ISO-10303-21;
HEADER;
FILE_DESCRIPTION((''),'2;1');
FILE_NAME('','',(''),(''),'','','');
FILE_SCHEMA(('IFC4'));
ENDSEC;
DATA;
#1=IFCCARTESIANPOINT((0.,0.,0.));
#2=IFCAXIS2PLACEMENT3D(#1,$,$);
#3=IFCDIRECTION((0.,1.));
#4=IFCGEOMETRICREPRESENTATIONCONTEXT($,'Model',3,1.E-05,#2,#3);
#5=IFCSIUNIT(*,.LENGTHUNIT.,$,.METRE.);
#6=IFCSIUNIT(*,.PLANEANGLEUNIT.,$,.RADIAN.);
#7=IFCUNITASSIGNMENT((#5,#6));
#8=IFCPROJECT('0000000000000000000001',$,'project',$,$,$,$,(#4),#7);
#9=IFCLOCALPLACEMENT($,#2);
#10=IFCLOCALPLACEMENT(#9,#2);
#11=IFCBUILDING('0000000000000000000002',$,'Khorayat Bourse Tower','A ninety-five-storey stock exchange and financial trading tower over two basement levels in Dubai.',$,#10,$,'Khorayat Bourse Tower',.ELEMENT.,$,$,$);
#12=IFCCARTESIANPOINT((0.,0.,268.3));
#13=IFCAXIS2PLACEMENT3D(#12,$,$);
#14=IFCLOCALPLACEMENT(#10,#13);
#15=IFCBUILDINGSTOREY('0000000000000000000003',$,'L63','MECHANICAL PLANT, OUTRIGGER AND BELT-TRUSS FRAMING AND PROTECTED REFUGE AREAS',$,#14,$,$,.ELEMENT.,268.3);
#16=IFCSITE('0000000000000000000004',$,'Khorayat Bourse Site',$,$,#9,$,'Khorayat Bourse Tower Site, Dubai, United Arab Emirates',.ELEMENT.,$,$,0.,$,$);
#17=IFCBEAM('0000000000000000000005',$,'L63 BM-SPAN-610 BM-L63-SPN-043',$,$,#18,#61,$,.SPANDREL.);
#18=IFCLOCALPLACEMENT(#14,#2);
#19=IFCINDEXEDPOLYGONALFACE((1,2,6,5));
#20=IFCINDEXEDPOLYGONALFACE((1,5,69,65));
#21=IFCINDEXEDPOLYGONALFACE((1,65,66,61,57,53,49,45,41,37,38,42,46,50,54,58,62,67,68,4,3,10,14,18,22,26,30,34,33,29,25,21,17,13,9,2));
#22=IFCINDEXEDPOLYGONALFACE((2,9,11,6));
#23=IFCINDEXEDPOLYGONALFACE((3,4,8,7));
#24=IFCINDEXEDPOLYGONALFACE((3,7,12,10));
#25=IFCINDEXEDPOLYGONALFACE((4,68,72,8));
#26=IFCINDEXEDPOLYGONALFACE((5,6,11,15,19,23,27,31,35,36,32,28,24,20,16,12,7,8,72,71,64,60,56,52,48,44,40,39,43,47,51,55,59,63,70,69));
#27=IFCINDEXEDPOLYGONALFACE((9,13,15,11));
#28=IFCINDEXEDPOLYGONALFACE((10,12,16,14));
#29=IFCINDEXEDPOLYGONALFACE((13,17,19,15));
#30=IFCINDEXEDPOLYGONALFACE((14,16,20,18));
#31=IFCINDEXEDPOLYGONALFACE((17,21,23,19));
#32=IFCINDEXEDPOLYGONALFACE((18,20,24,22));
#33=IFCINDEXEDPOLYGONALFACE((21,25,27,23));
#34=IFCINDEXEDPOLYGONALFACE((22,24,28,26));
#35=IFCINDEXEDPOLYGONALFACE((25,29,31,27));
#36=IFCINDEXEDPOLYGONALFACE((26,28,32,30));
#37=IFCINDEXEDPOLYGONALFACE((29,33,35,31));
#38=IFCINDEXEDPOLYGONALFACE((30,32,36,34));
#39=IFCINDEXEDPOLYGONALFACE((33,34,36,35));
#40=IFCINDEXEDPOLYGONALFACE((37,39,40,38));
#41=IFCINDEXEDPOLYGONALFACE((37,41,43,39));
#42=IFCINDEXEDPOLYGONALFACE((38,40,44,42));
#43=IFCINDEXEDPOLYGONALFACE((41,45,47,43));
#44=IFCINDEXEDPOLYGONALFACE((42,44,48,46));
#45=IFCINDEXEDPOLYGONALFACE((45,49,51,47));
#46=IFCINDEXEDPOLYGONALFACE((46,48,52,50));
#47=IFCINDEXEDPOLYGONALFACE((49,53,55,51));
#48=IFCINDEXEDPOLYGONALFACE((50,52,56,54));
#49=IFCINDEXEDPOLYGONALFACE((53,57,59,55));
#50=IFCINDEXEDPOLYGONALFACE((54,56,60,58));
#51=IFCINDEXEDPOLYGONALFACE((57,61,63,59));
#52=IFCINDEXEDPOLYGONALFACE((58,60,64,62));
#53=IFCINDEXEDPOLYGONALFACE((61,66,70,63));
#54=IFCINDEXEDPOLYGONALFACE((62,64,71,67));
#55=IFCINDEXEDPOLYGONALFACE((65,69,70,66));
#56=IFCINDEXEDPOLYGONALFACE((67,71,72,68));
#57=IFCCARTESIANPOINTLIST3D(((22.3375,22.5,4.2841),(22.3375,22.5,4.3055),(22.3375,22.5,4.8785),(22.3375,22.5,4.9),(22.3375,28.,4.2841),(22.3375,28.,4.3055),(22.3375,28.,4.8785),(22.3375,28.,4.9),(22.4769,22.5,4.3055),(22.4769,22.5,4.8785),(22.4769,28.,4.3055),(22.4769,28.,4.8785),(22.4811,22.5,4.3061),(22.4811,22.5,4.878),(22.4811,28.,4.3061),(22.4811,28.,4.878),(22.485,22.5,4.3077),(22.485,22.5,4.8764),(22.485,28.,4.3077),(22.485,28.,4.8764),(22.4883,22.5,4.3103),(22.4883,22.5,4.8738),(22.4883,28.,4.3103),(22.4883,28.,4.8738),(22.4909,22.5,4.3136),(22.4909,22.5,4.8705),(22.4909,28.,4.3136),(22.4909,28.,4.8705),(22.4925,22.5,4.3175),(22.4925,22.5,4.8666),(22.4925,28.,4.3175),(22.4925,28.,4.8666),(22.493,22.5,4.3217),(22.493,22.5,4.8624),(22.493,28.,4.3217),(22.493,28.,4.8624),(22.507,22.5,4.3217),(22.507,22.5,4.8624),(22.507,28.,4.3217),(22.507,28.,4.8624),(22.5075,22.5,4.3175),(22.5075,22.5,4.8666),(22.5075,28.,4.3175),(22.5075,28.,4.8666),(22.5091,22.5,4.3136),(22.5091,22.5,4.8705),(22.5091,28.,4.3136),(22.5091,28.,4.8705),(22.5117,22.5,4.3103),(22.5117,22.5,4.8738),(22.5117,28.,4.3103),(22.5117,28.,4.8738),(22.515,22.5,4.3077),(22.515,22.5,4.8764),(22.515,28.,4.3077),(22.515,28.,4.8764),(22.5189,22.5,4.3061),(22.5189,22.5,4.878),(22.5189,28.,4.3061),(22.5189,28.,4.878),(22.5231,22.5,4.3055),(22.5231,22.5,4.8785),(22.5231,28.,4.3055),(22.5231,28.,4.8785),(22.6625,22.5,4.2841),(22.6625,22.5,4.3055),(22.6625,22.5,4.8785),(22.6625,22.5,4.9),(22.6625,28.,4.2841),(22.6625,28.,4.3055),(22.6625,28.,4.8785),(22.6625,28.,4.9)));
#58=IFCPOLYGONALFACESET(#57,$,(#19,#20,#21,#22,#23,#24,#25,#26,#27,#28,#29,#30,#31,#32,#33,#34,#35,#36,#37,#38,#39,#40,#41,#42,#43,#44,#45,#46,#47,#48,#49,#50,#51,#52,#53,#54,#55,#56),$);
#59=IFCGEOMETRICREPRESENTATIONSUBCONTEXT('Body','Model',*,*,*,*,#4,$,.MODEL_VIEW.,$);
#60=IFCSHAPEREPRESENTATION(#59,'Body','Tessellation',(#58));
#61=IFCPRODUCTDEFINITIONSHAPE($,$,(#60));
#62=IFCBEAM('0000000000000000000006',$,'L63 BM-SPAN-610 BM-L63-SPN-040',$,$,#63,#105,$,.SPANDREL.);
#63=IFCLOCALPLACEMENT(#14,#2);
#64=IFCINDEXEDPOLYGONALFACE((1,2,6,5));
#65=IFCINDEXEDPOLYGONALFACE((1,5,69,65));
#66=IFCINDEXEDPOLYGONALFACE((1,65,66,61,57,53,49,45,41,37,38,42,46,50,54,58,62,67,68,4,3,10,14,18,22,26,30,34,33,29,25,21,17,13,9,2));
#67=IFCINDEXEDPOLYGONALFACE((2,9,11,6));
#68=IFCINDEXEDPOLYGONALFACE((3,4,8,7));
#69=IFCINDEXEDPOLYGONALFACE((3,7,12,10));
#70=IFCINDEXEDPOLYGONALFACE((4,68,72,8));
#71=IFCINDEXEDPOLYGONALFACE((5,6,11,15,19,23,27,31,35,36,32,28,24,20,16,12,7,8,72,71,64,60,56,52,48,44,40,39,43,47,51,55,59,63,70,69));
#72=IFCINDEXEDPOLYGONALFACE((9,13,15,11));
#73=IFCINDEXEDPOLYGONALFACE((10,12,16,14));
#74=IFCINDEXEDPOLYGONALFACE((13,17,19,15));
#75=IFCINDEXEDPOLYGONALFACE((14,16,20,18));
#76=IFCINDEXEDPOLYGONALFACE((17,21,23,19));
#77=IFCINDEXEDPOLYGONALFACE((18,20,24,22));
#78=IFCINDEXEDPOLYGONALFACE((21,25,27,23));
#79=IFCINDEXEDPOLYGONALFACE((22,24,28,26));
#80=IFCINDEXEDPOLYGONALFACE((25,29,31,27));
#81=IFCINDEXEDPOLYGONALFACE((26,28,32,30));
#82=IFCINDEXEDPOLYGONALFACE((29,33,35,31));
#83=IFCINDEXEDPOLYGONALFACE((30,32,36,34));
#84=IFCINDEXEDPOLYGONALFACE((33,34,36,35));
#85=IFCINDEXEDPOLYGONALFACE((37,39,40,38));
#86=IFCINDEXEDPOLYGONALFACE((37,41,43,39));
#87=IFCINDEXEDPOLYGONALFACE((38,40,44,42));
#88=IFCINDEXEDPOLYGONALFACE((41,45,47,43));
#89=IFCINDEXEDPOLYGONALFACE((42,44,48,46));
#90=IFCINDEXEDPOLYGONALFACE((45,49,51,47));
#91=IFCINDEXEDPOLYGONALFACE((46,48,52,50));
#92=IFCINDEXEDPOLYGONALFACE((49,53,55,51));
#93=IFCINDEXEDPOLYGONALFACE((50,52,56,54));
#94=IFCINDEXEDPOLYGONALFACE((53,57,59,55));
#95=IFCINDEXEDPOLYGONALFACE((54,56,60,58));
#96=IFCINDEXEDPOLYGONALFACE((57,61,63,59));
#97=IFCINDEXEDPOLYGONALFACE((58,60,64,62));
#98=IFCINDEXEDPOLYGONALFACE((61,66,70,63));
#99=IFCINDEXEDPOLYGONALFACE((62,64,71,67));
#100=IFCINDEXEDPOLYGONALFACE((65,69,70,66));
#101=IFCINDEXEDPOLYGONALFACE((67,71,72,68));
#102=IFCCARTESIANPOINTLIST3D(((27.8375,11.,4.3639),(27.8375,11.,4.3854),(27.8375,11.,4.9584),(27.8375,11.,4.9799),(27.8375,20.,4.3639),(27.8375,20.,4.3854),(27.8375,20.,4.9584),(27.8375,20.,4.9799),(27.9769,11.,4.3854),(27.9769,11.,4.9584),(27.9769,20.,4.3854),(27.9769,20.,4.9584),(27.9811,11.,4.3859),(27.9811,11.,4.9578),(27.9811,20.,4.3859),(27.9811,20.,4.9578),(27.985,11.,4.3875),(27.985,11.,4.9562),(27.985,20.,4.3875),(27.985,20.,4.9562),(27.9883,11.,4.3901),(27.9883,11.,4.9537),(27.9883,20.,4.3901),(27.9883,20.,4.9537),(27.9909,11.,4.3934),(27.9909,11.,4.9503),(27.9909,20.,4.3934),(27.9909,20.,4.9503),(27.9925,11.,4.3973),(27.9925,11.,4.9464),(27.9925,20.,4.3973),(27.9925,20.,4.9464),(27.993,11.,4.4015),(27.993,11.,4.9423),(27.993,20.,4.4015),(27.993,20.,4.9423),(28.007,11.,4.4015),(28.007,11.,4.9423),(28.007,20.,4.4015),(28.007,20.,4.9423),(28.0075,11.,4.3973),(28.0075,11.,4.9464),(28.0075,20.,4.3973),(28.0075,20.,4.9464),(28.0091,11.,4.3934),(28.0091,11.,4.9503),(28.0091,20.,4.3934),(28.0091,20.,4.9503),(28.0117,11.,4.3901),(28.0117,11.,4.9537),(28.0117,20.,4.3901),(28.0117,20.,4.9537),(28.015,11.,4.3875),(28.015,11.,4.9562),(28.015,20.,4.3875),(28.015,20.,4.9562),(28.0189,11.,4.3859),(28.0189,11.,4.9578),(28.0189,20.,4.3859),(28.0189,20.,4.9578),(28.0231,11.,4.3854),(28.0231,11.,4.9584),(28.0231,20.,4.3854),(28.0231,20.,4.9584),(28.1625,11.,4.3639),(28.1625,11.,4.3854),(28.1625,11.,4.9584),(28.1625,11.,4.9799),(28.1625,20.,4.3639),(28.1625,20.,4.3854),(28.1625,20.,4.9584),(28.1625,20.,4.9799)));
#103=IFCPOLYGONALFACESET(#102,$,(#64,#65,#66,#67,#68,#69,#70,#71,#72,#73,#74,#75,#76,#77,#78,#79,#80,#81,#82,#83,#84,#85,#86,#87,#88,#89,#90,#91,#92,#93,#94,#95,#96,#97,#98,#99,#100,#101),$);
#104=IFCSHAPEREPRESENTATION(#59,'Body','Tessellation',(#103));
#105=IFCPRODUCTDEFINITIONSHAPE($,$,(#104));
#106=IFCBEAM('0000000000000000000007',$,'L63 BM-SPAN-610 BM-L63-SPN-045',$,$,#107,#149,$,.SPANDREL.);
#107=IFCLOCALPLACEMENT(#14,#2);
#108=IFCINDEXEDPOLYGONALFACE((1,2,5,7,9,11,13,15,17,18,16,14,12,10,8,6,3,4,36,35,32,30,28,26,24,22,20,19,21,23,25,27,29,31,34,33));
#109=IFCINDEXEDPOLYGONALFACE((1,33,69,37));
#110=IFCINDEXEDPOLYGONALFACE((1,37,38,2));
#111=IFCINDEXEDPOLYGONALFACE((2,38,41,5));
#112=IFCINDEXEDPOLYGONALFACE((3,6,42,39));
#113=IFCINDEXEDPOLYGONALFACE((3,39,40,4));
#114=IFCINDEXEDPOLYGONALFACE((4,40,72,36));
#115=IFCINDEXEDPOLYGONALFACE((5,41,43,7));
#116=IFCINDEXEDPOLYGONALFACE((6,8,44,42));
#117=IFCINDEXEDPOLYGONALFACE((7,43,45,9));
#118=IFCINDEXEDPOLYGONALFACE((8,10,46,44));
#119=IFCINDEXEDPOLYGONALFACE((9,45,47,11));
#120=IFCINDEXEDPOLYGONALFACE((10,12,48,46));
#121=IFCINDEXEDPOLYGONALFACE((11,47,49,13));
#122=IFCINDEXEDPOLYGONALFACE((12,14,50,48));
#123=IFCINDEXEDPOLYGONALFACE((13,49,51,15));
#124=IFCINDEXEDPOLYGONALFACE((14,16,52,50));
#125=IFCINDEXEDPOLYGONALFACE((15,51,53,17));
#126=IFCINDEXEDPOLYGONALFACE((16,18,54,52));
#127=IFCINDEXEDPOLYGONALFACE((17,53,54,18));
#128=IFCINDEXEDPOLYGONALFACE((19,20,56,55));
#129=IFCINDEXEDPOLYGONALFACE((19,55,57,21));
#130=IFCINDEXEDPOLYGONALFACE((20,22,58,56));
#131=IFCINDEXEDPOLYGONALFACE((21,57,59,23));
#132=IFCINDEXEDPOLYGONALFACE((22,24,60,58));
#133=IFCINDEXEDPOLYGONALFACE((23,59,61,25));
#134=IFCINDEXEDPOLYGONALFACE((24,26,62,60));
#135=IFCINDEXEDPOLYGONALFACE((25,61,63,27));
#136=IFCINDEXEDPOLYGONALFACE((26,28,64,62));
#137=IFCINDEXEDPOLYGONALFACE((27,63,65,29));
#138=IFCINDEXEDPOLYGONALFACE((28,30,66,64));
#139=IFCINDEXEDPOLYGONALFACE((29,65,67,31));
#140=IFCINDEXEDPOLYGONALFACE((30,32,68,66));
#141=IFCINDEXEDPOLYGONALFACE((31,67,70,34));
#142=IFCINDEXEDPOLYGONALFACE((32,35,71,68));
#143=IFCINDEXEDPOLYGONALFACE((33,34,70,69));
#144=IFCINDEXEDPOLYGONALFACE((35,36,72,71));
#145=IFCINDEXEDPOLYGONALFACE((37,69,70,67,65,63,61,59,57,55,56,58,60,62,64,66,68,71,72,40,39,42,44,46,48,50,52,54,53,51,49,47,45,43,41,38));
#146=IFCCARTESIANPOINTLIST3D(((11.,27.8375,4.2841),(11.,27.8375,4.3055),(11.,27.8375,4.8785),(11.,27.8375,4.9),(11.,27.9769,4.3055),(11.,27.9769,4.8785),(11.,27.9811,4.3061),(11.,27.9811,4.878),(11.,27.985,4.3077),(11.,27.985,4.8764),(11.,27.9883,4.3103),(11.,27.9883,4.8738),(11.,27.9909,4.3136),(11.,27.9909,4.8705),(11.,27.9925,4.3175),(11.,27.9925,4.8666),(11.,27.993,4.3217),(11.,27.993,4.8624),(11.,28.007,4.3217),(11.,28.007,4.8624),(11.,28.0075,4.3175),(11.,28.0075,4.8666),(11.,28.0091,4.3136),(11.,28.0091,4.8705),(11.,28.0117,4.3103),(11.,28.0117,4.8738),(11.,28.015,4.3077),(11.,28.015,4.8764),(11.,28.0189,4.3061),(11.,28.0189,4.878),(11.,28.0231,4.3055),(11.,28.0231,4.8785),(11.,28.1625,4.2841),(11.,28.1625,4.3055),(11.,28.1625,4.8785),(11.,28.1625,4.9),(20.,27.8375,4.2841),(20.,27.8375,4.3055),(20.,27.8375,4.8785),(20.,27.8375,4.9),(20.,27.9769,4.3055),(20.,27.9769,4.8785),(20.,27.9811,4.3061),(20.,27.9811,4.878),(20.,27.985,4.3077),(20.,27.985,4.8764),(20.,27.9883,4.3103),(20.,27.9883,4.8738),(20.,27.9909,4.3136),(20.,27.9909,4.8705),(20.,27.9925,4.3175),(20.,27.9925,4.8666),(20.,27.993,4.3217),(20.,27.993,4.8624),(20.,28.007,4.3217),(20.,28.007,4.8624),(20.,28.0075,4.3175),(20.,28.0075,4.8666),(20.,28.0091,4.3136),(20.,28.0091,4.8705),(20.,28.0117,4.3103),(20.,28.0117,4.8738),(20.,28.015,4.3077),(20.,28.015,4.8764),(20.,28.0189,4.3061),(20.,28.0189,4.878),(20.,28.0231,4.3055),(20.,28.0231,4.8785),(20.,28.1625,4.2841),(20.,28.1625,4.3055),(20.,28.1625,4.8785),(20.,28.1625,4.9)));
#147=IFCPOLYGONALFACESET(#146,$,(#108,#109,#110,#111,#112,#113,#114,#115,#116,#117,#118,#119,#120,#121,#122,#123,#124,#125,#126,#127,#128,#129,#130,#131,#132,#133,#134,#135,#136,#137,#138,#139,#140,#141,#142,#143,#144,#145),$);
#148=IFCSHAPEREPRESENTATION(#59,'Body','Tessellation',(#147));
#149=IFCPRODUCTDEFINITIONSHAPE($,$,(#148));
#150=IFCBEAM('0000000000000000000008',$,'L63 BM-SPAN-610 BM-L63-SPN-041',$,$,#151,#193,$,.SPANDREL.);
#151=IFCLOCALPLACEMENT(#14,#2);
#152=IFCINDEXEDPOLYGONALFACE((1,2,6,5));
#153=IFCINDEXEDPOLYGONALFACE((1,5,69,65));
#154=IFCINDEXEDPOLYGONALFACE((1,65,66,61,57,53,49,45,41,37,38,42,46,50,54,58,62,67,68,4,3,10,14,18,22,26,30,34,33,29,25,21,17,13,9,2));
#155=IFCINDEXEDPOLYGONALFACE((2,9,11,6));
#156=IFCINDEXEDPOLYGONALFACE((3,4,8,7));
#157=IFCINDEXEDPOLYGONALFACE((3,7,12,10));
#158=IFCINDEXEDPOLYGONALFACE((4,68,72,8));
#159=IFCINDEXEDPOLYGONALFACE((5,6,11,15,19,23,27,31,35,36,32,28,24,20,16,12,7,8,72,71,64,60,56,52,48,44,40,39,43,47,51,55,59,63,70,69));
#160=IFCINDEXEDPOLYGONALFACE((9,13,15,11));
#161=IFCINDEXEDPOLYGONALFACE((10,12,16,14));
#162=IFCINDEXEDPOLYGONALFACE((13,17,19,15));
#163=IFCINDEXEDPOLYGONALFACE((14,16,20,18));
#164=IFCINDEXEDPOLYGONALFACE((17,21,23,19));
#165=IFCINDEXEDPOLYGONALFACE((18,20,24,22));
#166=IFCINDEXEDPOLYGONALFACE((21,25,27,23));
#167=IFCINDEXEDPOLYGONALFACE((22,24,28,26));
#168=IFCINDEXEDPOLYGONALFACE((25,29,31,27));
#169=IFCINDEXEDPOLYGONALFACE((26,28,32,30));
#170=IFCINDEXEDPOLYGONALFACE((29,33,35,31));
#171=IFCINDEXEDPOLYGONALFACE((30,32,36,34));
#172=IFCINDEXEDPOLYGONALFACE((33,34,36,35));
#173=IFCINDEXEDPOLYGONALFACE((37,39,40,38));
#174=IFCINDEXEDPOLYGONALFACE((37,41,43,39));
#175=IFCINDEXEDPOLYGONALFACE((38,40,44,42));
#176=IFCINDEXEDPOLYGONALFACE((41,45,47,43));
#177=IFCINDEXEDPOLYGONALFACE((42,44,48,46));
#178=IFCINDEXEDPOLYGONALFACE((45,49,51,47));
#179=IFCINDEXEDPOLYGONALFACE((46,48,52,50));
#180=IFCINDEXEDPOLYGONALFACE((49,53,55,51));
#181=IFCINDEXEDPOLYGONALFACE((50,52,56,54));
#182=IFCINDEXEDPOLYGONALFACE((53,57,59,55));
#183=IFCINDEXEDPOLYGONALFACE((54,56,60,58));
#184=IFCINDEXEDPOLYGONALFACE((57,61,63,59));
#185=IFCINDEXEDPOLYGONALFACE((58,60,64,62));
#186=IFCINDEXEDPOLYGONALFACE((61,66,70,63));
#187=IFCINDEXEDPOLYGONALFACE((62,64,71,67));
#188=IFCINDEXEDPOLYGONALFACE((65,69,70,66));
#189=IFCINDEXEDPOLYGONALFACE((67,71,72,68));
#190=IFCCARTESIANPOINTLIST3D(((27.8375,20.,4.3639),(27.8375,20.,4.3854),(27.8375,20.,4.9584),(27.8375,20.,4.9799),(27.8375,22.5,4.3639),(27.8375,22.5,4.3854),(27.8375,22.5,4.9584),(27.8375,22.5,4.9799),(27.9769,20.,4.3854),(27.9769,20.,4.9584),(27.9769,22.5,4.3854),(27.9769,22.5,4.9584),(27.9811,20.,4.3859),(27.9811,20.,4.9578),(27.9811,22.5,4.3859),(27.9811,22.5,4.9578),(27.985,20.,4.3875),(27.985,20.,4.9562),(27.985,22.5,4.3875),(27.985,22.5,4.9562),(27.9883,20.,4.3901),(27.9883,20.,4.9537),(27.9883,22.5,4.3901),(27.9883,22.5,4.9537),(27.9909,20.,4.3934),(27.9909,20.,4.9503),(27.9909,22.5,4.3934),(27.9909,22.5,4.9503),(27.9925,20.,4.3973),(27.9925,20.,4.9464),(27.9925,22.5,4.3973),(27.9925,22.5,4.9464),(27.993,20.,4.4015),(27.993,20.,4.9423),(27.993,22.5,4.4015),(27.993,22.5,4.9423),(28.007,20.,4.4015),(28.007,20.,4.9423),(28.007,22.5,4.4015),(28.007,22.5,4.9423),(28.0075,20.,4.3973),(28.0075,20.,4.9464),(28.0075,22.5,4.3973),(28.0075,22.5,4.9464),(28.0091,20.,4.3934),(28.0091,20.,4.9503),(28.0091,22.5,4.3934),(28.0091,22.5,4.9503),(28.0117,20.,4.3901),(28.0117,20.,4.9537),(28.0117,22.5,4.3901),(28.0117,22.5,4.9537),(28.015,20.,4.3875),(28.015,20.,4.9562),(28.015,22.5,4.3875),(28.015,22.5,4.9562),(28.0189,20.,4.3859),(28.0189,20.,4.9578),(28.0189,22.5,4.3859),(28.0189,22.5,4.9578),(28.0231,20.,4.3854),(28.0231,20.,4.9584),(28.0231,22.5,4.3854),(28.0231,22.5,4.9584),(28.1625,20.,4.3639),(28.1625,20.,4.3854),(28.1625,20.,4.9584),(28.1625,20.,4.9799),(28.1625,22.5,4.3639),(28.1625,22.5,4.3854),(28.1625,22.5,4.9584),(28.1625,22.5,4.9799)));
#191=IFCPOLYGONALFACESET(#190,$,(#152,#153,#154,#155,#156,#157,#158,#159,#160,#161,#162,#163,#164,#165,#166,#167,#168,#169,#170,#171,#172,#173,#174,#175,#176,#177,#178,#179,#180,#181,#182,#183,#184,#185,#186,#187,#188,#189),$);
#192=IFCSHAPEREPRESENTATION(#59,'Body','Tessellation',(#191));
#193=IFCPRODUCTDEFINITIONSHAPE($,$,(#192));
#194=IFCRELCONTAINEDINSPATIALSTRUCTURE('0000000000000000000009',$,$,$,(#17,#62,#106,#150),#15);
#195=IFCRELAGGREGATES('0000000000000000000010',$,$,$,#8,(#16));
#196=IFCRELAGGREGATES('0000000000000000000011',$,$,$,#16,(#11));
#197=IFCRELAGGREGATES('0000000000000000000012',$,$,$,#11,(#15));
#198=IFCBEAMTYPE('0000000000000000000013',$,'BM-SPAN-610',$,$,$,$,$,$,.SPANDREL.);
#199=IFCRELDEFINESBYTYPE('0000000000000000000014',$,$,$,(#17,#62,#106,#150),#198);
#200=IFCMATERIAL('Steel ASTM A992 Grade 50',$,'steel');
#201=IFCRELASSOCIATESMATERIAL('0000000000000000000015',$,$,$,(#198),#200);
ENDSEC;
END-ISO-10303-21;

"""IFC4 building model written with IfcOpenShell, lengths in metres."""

from ifc_helpers import new_model, si_unit, direction, frame, origin, origin_2d, place, context, subcontext, project, spatial, i_section, extrude, source, transform, mapped, material, material_profile, profile_set, type_object, element, save


model = new_model("IFC4")

# Units and contexts
model_context = context("Model", 3, precision=1e-05, world=origin(), true_north=direction((0.0, 1.0)))
body_context = subcontext(model_context, "Body", "Model", "MODEL_VIEW")
ifc_project = project(units=[si_unit("LENGTHUNIT", "METRE"), si_unit("PLANEANGLEUNIT", "RADIAN")], contexts=[model_context])

# Site, building, storey
site_placement = place(None, origin())
site = spatial("IfcSite", under=ifc_project, at=site_placement, Name="Khorayat Bourse Site", LongName="Khorayat Bourse Tower Site, Dubai, United Arab Emirates", CompositionType="ELEMENT", RefElevation=0.0)
building_placement = place(site_placement, origin())
building = spatial("IfcBuilding", under=site, at=building_placement, Name="Khorayat Bourse Tower", Description="A ninety-five-storey stock exchange and financial trading tower over two basement levels in Dubai.", LongName="Khorayat Bourse Tower", CompositionType="ELEMENT")
storey_placement = place(building_placement, frame((0.0, 0.0, 268.3)))
storey = spatial("IfcBuildingStorey", under=building, at=storey_placement, Name="L63", Description="MECHANICAL PLANT, OUTRIGGER AND BELT-TRUSS FRAMING AND PROTECTED REFUGE AREAS", CompositionType="ELEMENT", Elevation=268.3)

# Beams
ifc_material_1 = material(Name="Steel ASTM A992 Grade 50", Category="steel")
ifc_material_profile_1 = material_profile(ifc_material_1, i_section(OverallWidth=0.325, OverallDepth=0.616, WebThickness=0.0139, FlangeThickness=0.0215, FilletRadius=0.0161, at=origin_2d()), Name="W610X174")
ifc_profile_set_1 = profile_set([ifc_material_profile_1], Name="Steel ASTM A992 Grade 50")
beam_type_1 = type_object("IfcBeamType", Name="BM-SPAN-610", PredefinedType="SPANDREL", material=ifc_profile_set_1)
shared_shape_1 = source(origin(), body_context, "Body", "SweptSolid", [
    extrude(i_section(OverallWidth=0.325, OverallDepth=0.616, WebThickness=0.0139, FlangeThickness=0.0215, FilletRadius=0.0161, at=origin_2d()), origin(), (0.0, 0.0, 1.0), 5.5),
])
for number, where, z_axis, x_axis, name in (
    (1, (22.5, 22.5, 4.592), (0.0, 1.0, 0.0), (-1.0, 0.0, 0.0), "L63 BM-SPAN-610 BM-L63-SPN-043"),
):
    element("IfcBeam", number, at=place(storey_placement, frame(where, z_axis=z_axis, x_axis=x_axis)), inside=storey, type_object=beam_type_1, Name=name, PredefinedType="SPANDREL", context=body_context, shape_type="MappedRepresentation", body=[
        mapped(shared_shape_1, transform((0.0, 0.0, 0.0), scale=1.0)),
    ])
shared_shape_2 = source(origin(), body_context, "Body", "SweptSolid", [
    extrude(i_section(OverallWidth=0.325, OverallDepth=0.616, WebThickness=0.0139, FlangeThickness=0.0215, FilletRadius=0.0161, at=origin_2d()), origin(), (0.0, 0.0, 1.0), 9.0),
])
for number, where, z_axis, x_axis, name in (
    (2, (28.0, 11.0, 4.6719), (0.0, 1.0, 0.0), (-1.0, 0.0, 0.0), "L63 BM-SPAN-610 BM-L63-SPN-040"),
    (3, (11.0, 28.0, 4.592), (1.0, 0.0, 0.0), (0.0, 1.0, 0.0), "L63 BM-SPAN-610 BM-L63-SPN-045"),
):
    element("IfcBeam", number, at=place(storey_placement, frame(where, z_axis=z_axis, x_axis=x_axis)), inside=storey, type_object=beam_type_1, Name=name, PredefinedType="SPANDREL", context=body_context, shape_type="MappedRepresentation", body=[
        mapped(shared_shape_2, transform((0.0, 0.0, 0.0), scale=1.0)),
    ])
shared_shape_3 = source(origin(), body_context, "Body", "SweptSolid", [
    extrude(i_section(OverallWidth=0.325, OverallDepth=0.616, WebThickness=0.0139, FlangeThickness=0.0215, FilletRadius=0.0161, at=origin_2d()), origin(), (0.0, 0.0, 1.0), 2.5),
])
for number, where, z_axis, x_axis, name in (
    (4, (28.0, 20.0, 4.6719), (0.0, 1.0, 0.0), (-1.0, 0.0, 0.0), "L63 BM-SPAN-610 BM-L63-SPN-041"),
):
    element("IfcBeam", number, at=place(storey_placement, frame(where, z_axis=z_axis, x_axis=x_axis)), inside=storey, type_object=beam_type_1, Name=name, PredefinedType="SPANDREL", context=body_context, shape_type="MappedRepresentation", body=[
        mapped(shared_shape_3, transform((0.0, 0.0, 0.0), scale=1.0)),
    ])

save(model, "model.ifc")
